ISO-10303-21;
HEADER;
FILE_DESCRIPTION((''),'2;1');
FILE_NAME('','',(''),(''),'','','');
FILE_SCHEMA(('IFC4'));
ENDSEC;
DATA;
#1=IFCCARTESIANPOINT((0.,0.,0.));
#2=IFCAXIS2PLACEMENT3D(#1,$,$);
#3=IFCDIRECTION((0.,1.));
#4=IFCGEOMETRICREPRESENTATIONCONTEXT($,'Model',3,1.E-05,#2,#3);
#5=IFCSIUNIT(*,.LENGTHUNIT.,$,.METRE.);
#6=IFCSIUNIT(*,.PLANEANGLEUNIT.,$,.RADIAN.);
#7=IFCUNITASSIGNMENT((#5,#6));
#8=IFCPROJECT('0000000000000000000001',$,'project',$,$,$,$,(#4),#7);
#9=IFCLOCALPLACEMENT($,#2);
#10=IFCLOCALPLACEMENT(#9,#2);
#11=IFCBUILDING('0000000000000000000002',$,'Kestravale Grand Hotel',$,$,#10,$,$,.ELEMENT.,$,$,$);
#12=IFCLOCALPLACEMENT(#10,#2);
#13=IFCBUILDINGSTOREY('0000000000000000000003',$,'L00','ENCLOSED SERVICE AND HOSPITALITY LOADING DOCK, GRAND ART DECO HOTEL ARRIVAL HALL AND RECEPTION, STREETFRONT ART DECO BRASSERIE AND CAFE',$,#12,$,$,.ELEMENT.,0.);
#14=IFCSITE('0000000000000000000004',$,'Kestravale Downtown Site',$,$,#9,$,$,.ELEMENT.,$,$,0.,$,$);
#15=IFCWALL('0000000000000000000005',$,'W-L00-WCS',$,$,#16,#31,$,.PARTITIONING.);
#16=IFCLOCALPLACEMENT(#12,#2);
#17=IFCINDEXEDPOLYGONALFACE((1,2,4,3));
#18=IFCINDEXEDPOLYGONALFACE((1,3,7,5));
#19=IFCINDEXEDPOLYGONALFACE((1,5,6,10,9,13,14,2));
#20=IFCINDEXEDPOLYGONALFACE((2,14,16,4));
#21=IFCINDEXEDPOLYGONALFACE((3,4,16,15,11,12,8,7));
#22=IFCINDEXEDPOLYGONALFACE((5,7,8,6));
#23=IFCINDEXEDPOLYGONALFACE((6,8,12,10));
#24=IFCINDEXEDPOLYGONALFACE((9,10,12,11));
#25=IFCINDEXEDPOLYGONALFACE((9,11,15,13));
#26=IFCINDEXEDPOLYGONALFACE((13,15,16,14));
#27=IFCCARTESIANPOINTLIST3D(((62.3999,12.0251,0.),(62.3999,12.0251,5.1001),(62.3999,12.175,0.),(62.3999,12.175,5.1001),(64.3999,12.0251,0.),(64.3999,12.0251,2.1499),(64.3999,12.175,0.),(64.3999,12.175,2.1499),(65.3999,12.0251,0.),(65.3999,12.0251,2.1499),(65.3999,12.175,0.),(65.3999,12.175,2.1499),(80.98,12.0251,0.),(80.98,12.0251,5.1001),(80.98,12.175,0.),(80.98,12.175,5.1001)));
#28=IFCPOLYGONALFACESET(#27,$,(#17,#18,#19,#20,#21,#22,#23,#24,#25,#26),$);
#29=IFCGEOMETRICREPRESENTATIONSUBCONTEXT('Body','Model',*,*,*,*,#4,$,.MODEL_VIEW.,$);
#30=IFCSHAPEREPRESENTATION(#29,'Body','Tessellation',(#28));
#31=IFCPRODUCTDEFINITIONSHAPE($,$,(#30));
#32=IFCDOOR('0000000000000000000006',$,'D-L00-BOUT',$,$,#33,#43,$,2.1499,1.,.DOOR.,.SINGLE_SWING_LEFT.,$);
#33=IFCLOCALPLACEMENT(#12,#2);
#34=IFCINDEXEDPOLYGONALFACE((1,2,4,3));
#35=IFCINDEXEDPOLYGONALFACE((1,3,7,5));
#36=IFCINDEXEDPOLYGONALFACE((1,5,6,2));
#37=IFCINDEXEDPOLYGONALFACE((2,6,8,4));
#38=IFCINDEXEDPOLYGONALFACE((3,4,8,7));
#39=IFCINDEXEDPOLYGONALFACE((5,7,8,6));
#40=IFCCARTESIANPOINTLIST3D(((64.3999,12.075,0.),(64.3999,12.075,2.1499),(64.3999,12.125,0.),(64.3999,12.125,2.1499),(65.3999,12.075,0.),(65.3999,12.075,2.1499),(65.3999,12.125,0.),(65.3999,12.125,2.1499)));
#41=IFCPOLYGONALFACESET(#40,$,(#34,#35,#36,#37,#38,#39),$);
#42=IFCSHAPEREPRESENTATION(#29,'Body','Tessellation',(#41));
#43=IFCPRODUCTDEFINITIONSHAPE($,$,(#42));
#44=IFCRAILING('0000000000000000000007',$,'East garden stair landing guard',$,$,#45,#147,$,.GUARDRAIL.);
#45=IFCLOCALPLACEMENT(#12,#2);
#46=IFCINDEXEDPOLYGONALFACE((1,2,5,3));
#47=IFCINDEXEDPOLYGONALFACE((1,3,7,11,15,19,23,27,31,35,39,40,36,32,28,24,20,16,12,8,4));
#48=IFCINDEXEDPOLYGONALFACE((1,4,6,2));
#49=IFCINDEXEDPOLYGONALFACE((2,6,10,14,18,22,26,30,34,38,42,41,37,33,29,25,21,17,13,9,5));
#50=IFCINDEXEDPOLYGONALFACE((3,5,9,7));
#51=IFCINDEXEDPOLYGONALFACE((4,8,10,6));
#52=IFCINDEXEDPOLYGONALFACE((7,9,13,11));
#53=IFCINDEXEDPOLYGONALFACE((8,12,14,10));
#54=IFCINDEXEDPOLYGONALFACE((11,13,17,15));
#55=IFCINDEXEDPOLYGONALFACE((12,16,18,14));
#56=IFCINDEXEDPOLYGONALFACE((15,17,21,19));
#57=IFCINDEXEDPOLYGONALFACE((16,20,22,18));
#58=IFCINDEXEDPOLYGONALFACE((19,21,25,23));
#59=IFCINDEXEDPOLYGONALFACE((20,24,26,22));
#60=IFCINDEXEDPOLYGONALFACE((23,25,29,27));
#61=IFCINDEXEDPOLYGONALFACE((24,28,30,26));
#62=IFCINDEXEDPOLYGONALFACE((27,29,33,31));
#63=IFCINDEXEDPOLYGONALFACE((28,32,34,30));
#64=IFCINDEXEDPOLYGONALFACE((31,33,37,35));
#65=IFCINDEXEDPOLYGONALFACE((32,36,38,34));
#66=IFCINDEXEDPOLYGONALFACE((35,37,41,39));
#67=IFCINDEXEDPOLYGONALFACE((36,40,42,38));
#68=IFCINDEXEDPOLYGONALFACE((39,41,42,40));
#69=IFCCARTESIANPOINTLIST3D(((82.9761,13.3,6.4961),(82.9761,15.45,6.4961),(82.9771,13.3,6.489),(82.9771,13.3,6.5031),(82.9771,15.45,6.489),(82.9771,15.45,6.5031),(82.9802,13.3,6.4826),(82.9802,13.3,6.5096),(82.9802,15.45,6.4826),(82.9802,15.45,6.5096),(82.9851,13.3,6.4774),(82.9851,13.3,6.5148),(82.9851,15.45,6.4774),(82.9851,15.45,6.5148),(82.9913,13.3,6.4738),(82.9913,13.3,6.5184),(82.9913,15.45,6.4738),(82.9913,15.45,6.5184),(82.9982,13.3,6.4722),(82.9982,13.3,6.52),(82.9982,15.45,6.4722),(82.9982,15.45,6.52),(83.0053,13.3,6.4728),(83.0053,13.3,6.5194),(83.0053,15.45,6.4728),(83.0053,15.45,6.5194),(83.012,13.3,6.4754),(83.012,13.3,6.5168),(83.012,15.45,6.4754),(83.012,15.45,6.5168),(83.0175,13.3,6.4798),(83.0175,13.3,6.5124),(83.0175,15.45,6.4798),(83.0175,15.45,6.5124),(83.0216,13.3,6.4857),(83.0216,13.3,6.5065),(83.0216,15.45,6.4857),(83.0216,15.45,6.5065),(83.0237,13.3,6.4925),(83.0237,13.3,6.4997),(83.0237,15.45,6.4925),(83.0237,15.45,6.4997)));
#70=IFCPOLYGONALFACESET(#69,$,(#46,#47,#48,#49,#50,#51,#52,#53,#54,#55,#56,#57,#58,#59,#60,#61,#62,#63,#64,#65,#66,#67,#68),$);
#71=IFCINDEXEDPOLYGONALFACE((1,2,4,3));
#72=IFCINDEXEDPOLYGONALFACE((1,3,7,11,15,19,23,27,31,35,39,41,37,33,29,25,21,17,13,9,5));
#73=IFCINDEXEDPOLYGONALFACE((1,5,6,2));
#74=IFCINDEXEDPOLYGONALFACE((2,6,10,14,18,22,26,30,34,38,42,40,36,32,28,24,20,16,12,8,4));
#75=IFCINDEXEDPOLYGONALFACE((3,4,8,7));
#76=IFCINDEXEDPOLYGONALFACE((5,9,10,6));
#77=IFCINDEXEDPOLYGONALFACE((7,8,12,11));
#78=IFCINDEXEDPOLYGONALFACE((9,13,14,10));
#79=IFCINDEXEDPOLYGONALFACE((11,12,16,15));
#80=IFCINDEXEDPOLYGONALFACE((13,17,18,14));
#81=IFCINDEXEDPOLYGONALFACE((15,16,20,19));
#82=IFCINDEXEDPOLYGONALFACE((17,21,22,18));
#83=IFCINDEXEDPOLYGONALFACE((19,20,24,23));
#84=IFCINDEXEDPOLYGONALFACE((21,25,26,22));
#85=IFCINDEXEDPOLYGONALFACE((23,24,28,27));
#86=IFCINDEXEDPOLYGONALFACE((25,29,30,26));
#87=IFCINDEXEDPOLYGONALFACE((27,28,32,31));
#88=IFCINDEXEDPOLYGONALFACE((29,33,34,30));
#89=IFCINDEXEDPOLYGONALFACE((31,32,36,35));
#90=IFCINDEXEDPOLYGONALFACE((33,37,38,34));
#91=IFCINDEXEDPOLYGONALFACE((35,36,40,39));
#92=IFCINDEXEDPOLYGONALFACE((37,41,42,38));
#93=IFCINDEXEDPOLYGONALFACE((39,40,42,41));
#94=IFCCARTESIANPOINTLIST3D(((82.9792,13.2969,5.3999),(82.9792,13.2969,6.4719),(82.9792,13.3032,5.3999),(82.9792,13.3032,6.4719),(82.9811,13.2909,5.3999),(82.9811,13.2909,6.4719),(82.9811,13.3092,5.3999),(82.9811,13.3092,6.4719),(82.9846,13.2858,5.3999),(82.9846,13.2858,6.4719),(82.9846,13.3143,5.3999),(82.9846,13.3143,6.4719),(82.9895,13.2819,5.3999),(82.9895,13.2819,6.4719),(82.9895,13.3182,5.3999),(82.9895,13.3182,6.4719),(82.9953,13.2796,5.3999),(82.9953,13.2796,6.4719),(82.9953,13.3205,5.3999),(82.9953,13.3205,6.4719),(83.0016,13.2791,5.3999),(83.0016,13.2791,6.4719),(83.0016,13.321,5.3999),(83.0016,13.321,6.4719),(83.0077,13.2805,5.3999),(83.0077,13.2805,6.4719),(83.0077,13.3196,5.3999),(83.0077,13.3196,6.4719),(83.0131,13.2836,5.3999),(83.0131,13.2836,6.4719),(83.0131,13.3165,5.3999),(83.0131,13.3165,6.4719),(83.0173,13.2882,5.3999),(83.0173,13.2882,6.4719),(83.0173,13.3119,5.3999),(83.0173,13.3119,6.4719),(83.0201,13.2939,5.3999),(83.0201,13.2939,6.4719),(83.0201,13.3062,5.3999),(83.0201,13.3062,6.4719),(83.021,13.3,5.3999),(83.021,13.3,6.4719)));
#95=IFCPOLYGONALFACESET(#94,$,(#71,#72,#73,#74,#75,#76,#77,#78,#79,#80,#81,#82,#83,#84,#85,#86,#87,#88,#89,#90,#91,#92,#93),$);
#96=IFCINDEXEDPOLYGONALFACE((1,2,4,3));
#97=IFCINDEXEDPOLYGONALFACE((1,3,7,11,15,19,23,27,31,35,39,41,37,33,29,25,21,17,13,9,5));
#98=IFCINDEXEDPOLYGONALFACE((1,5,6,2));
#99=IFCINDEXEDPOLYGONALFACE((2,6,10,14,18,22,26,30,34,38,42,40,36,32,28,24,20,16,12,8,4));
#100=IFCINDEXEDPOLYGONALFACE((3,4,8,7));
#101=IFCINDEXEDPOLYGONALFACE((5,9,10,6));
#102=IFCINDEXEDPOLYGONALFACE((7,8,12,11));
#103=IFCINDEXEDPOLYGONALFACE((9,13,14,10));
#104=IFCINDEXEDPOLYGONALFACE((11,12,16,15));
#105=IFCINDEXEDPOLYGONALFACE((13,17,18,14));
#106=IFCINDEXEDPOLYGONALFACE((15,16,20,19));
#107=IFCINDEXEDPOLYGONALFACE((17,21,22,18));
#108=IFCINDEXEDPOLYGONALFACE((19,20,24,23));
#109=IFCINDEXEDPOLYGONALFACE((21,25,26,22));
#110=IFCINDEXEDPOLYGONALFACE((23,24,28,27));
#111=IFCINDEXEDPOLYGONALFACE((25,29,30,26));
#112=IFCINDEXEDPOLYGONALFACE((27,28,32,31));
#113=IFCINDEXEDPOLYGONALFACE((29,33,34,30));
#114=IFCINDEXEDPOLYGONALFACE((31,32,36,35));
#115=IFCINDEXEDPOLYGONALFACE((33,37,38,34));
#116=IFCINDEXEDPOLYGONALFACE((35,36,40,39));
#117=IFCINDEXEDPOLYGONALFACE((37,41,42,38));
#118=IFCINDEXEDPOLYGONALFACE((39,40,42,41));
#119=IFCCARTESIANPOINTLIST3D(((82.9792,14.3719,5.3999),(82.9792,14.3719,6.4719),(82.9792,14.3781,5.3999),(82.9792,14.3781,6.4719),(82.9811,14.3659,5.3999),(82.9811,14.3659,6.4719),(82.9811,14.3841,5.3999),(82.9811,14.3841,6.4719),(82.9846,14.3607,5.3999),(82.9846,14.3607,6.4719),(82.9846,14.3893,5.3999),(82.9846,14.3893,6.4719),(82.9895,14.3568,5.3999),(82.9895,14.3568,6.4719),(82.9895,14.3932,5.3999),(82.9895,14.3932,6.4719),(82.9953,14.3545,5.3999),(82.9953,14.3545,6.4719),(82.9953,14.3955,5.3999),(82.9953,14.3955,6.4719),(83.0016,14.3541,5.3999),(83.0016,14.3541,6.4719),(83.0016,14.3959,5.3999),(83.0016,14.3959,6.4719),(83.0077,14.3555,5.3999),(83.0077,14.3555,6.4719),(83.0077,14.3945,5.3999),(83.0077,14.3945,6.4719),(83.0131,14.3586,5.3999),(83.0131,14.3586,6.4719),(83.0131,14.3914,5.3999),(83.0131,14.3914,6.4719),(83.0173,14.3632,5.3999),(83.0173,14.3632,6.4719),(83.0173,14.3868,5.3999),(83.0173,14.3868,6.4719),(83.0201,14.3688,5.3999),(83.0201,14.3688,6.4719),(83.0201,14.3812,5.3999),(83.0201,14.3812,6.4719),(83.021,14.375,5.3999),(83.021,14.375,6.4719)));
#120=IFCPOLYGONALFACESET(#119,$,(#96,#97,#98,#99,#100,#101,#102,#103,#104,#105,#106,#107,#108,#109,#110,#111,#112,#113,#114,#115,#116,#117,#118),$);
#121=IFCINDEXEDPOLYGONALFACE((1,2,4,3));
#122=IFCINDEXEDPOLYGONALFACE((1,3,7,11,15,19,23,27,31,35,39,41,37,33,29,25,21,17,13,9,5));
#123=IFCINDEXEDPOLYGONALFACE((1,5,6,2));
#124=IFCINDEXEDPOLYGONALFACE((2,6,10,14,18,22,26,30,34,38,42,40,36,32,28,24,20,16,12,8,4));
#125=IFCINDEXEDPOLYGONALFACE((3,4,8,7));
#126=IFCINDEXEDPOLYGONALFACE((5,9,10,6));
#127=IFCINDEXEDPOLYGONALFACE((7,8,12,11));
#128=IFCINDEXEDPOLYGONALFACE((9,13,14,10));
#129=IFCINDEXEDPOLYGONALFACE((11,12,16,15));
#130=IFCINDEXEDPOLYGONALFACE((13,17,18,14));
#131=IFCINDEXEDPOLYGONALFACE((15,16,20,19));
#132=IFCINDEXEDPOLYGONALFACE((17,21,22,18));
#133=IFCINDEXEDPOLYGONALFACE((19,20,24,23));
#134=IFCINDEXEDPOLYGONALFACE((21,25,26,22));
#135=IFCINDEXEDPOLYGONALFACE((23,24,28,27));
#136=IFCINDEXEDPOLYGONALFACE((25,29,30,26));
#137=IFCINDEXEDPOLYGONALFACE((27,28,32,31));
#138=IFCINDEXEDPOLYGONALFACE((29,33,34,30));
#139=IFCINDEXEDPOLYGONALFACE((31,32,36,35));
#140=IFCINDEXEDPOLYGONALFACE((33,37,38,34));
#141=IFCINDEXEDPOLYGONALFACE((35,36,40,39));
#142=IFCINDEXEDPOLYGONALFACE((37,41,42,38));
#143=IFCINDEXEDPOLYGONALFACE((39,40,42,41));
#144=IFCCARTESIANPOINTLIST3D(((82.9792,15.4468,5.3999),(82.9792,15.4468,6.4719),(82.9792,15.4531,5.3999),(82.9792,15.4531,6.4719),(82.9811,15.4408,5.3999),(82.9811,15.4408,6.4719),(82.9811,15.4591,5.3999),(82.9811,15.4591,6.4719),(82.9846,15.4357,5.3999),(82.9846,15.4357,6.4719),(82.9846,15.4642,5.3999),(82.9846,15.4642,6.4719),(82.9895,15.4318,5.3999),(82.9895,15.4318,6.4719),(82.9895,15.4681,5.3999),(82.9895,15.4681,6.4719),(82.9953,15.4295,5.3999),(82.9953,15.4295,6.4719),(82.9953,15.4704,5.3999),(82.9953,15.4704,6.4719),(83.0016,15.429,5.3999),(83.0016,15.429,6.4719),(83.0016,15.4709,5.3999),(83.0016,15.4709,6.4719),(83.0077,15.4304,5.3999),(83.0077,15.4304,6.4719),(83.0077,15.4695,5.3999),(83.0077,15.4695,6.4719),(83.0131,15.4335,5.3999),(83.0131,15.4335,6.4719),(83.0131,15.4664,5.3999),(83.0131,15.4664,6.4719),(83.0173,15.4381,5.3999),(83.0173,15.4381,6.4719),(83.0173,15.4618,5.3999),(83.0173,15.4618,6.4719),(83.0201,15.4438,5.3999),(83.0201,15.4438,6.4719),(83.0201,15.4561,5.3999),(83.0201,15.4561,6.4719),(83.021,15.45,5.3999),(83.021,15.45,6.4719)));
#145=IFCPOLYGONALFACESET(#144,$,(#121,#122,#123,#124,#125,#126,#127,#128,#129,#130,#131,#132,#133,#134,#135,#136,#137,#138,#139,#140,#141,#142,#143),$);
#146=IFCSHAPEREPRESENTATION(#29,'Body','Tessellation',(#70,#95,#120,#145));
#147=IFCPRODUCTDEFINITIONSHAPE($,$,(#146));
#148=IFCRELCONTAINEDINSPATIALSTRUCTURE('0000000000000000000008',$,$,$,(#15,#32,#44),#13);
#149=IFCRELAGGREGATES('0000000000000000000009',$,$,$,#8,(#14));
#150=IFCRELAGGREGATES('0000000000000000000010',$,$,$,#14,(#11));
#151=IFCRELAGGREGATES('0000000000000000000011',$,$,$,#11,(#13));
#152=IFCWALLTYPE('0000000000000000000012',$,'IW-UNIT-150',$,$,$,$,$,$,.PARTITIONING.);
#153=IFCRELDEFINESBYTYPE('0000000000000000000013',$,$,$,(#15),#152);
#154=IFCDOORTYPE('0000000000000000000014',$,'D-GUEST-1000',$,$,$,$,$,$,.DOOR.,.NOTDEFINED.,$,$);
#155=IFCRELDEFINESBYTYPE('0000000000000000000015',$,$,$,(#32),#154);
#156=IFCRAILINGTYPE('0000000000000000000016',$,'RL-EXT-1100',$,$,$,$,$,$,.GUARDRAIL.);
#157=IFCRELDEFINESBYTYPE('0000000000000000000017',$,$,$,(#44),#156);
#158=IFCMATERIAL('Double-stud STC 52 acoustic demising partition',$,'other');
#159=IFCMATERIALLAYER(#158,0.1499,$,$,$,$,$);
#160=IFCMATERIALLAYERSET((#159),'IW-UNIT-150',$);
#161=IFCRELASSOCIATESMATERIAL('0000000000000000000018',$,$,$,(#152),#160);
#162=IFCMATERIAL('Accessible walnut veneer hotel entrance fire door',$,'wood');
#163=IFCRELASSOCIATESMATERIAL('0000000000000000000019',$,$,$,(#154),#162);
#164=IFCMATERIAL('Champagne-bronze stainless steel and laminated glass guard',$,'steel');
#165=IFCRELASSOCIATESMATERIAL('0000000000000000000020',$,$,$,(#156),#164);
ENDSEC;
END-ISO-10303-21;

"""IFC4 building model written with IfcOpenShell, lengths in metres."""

from ifc_helpers import new_model, si_unit, direction, frame, frame_2d, origin, origin_2d, place, context, subcontext, project, spatial, rectangle, circle, extrude, material, layer, layer_set, type_object, element, fill, save


model = new_model("IFC4")

# Units and contexts
model_context = context("Model", 3, precision=1e-05, world=origin(), true_north=direction((0.0, 1.0)))
body_context = subcontext(model_context, "Body", "Model", "MODEL_VIEW")
ifc_project = project(units=[si_unit("LENGTHUNIT", "METRE"), si_unit("PLANEANGLEUNIT", "RADIAN")], contexts=[model_context])

# Site, building, storey
site_placement = place(None, origin())
site = spatial("IfcSite", under=ifc_project, at=site_placement, Name="Kestravale Downtown Site", CompositionType="ELEMENT", RefElevation=0.0)
building_placement = place(site_placement, origin())
building = spatial("IfcBuilding", under=site, at=building_placement, Name="Kestravale Grand Hotel", CompositionType="ELEMENT")
storey_placement = place(building_placement, origin())
storey = spatial("IfcBuildingStorey", under=building, at=storey_placement, Name="L00", Description="ENCLOSED SERVICE AND HOSPITALITY LOADING DOCK, GRAND ART DECO HOTEL ARRIVAL HALL AND RECEPTION, STREETFRONT ART DECO BRASSERIE AND CAFE", CompositionType="ELEMENT", Elevation=0.0)

# Wall, opening, door
ifc_material_1 = material(Name="Double-stud STC 52 acoustic demising partition", Category="other")
ifc_layer_1 = layer(ifc_material_1, 0.1499)
ifc_layer_set_1 = layer_set([ifc_layer_1], Name="IW-UNIT-150")
wall_type_1 = type_object("IfcWallType", Name="IW-UNIT-150", PredefinedType="PARTITIONING", material=ifc_layer_set_1)
wall_1_placement = place(storey_placement, frame((62.3999, 12.1001, 0.0), z_axis=(0.0, 0.0, 1.0), x_axis=(1.0, 0.0, 0.0)))
wall_1 = element("IfcWall", 1, at=wall_1_placement, inside=storey, type_object=wall_type_1, Name="W-L00-WCS", PredefinedType="PARTITIONING", context=body_context, shape_type="SweptSolid", body=[
    extrude(rectangle(XDim=18.5801, YDim=0.1499, at=frame_2d((9.29, 0.0))), origin(), (0.0, 0.0, 1.0), 5.1001),
])
opening_1_placement = place(wall_1_placement, frame((2.0, 0.0, 0.0)))
opening_1 = element("IfcOpeningElement", 2, at=opening_1_placement, cuts=wall_1, PredefinedType="OPENING", context=body_context, shape_type="SweptSolid", body=[
    extrude(rectangle(XDim=1.0, YDim=2.1499, at=frame_2d((0.5, 1.075))), frame((0.0, 0.085, 0.0), z_axis=(0.0, -1.0, 0.0), x_axis=(1.0, 0.0, 0.0)), (0.0, 0.0, 1.0), 0.1699),
])
ifc_material_2 = material(Name="Accessible walnut veneer hotel entrance fire door", Category="wood")
door_type_1 = type_object("IfcDoorType", Name="D-GUEST-1000", OperationType="NOTDEFINED", PredefinedType="DOOR", material=ifc_material_2)
door_1_placement = place(opening_1_placement, origin())
door_1 = element("IfcDoor", 3, at=door_1_placement, inside=storey, type_object=door_type_1, Name="D-L00-BOUT", OperationType="SINGLE_SWING_LEFT", OverallHeight=2.1499, OverallWidth=1.0, PredefinedType="DOOR", context=body_context, shape_type="SweptSolid", body=[
    extrude(rectangle(XDim=1.0, YDim=2.1499, at=frame_2d((0.5, 1.075))), frame((0.0, 0.0249, 0.0), z_axis=(0.0, -1.0, 0.0), x_axis=(1.0, 0.0, 0.0)), (0.0, 0.0, 1.0), 0.05),
])
fill(opening_1, door_1)

# Railing
ifc_material_3 = material(Name="Champagne-bronze stainless steel and laminated glass guard", Category="steel")
railing_type = type_object("IfcRailingType", Name="RL-EXT-1100", PredefinedType="GUARDRAIL", material=ifc_material_3)
railing_1_placement = place(storey_placement, frame((83.0, 13.3, 5.3999)))
element("IfcRailing", 4, at=railing_1_placement, inside=storey, type_object=railing_type, Name="East garden stair landing guard", PredefinedType="GUARDRAIL", context=body_context, shape_type="SweptSolid", body=[
    extrude(circle(Radius=0.0239, at=origin_2d()), frame((0.0, 0.0, 1.0962), z_axis=(0.0, 1.0, 0.0), x_axis=(-1.0, 0.0, 0.0)), (0.0, 0.0, 1.0), 2.1499),
    extrude(circle(Radius=0.021, at=origin_2d()), origin(), (0.0, 0.0, 1.0), 1.072),
    extrude(circle(Radius=0.021, at=origin_2d()), frame((0.0, 1.075, 0.0)), (0.0, 0.0, 1.0), 1.072),
    extrude(circle(Radius=0.021, at=origin_2d()), frame((0.0, 2.1499, 0.0)), (0.0, 0.0, 1.0), 1.072),
])

save(model, "model.ifc")
